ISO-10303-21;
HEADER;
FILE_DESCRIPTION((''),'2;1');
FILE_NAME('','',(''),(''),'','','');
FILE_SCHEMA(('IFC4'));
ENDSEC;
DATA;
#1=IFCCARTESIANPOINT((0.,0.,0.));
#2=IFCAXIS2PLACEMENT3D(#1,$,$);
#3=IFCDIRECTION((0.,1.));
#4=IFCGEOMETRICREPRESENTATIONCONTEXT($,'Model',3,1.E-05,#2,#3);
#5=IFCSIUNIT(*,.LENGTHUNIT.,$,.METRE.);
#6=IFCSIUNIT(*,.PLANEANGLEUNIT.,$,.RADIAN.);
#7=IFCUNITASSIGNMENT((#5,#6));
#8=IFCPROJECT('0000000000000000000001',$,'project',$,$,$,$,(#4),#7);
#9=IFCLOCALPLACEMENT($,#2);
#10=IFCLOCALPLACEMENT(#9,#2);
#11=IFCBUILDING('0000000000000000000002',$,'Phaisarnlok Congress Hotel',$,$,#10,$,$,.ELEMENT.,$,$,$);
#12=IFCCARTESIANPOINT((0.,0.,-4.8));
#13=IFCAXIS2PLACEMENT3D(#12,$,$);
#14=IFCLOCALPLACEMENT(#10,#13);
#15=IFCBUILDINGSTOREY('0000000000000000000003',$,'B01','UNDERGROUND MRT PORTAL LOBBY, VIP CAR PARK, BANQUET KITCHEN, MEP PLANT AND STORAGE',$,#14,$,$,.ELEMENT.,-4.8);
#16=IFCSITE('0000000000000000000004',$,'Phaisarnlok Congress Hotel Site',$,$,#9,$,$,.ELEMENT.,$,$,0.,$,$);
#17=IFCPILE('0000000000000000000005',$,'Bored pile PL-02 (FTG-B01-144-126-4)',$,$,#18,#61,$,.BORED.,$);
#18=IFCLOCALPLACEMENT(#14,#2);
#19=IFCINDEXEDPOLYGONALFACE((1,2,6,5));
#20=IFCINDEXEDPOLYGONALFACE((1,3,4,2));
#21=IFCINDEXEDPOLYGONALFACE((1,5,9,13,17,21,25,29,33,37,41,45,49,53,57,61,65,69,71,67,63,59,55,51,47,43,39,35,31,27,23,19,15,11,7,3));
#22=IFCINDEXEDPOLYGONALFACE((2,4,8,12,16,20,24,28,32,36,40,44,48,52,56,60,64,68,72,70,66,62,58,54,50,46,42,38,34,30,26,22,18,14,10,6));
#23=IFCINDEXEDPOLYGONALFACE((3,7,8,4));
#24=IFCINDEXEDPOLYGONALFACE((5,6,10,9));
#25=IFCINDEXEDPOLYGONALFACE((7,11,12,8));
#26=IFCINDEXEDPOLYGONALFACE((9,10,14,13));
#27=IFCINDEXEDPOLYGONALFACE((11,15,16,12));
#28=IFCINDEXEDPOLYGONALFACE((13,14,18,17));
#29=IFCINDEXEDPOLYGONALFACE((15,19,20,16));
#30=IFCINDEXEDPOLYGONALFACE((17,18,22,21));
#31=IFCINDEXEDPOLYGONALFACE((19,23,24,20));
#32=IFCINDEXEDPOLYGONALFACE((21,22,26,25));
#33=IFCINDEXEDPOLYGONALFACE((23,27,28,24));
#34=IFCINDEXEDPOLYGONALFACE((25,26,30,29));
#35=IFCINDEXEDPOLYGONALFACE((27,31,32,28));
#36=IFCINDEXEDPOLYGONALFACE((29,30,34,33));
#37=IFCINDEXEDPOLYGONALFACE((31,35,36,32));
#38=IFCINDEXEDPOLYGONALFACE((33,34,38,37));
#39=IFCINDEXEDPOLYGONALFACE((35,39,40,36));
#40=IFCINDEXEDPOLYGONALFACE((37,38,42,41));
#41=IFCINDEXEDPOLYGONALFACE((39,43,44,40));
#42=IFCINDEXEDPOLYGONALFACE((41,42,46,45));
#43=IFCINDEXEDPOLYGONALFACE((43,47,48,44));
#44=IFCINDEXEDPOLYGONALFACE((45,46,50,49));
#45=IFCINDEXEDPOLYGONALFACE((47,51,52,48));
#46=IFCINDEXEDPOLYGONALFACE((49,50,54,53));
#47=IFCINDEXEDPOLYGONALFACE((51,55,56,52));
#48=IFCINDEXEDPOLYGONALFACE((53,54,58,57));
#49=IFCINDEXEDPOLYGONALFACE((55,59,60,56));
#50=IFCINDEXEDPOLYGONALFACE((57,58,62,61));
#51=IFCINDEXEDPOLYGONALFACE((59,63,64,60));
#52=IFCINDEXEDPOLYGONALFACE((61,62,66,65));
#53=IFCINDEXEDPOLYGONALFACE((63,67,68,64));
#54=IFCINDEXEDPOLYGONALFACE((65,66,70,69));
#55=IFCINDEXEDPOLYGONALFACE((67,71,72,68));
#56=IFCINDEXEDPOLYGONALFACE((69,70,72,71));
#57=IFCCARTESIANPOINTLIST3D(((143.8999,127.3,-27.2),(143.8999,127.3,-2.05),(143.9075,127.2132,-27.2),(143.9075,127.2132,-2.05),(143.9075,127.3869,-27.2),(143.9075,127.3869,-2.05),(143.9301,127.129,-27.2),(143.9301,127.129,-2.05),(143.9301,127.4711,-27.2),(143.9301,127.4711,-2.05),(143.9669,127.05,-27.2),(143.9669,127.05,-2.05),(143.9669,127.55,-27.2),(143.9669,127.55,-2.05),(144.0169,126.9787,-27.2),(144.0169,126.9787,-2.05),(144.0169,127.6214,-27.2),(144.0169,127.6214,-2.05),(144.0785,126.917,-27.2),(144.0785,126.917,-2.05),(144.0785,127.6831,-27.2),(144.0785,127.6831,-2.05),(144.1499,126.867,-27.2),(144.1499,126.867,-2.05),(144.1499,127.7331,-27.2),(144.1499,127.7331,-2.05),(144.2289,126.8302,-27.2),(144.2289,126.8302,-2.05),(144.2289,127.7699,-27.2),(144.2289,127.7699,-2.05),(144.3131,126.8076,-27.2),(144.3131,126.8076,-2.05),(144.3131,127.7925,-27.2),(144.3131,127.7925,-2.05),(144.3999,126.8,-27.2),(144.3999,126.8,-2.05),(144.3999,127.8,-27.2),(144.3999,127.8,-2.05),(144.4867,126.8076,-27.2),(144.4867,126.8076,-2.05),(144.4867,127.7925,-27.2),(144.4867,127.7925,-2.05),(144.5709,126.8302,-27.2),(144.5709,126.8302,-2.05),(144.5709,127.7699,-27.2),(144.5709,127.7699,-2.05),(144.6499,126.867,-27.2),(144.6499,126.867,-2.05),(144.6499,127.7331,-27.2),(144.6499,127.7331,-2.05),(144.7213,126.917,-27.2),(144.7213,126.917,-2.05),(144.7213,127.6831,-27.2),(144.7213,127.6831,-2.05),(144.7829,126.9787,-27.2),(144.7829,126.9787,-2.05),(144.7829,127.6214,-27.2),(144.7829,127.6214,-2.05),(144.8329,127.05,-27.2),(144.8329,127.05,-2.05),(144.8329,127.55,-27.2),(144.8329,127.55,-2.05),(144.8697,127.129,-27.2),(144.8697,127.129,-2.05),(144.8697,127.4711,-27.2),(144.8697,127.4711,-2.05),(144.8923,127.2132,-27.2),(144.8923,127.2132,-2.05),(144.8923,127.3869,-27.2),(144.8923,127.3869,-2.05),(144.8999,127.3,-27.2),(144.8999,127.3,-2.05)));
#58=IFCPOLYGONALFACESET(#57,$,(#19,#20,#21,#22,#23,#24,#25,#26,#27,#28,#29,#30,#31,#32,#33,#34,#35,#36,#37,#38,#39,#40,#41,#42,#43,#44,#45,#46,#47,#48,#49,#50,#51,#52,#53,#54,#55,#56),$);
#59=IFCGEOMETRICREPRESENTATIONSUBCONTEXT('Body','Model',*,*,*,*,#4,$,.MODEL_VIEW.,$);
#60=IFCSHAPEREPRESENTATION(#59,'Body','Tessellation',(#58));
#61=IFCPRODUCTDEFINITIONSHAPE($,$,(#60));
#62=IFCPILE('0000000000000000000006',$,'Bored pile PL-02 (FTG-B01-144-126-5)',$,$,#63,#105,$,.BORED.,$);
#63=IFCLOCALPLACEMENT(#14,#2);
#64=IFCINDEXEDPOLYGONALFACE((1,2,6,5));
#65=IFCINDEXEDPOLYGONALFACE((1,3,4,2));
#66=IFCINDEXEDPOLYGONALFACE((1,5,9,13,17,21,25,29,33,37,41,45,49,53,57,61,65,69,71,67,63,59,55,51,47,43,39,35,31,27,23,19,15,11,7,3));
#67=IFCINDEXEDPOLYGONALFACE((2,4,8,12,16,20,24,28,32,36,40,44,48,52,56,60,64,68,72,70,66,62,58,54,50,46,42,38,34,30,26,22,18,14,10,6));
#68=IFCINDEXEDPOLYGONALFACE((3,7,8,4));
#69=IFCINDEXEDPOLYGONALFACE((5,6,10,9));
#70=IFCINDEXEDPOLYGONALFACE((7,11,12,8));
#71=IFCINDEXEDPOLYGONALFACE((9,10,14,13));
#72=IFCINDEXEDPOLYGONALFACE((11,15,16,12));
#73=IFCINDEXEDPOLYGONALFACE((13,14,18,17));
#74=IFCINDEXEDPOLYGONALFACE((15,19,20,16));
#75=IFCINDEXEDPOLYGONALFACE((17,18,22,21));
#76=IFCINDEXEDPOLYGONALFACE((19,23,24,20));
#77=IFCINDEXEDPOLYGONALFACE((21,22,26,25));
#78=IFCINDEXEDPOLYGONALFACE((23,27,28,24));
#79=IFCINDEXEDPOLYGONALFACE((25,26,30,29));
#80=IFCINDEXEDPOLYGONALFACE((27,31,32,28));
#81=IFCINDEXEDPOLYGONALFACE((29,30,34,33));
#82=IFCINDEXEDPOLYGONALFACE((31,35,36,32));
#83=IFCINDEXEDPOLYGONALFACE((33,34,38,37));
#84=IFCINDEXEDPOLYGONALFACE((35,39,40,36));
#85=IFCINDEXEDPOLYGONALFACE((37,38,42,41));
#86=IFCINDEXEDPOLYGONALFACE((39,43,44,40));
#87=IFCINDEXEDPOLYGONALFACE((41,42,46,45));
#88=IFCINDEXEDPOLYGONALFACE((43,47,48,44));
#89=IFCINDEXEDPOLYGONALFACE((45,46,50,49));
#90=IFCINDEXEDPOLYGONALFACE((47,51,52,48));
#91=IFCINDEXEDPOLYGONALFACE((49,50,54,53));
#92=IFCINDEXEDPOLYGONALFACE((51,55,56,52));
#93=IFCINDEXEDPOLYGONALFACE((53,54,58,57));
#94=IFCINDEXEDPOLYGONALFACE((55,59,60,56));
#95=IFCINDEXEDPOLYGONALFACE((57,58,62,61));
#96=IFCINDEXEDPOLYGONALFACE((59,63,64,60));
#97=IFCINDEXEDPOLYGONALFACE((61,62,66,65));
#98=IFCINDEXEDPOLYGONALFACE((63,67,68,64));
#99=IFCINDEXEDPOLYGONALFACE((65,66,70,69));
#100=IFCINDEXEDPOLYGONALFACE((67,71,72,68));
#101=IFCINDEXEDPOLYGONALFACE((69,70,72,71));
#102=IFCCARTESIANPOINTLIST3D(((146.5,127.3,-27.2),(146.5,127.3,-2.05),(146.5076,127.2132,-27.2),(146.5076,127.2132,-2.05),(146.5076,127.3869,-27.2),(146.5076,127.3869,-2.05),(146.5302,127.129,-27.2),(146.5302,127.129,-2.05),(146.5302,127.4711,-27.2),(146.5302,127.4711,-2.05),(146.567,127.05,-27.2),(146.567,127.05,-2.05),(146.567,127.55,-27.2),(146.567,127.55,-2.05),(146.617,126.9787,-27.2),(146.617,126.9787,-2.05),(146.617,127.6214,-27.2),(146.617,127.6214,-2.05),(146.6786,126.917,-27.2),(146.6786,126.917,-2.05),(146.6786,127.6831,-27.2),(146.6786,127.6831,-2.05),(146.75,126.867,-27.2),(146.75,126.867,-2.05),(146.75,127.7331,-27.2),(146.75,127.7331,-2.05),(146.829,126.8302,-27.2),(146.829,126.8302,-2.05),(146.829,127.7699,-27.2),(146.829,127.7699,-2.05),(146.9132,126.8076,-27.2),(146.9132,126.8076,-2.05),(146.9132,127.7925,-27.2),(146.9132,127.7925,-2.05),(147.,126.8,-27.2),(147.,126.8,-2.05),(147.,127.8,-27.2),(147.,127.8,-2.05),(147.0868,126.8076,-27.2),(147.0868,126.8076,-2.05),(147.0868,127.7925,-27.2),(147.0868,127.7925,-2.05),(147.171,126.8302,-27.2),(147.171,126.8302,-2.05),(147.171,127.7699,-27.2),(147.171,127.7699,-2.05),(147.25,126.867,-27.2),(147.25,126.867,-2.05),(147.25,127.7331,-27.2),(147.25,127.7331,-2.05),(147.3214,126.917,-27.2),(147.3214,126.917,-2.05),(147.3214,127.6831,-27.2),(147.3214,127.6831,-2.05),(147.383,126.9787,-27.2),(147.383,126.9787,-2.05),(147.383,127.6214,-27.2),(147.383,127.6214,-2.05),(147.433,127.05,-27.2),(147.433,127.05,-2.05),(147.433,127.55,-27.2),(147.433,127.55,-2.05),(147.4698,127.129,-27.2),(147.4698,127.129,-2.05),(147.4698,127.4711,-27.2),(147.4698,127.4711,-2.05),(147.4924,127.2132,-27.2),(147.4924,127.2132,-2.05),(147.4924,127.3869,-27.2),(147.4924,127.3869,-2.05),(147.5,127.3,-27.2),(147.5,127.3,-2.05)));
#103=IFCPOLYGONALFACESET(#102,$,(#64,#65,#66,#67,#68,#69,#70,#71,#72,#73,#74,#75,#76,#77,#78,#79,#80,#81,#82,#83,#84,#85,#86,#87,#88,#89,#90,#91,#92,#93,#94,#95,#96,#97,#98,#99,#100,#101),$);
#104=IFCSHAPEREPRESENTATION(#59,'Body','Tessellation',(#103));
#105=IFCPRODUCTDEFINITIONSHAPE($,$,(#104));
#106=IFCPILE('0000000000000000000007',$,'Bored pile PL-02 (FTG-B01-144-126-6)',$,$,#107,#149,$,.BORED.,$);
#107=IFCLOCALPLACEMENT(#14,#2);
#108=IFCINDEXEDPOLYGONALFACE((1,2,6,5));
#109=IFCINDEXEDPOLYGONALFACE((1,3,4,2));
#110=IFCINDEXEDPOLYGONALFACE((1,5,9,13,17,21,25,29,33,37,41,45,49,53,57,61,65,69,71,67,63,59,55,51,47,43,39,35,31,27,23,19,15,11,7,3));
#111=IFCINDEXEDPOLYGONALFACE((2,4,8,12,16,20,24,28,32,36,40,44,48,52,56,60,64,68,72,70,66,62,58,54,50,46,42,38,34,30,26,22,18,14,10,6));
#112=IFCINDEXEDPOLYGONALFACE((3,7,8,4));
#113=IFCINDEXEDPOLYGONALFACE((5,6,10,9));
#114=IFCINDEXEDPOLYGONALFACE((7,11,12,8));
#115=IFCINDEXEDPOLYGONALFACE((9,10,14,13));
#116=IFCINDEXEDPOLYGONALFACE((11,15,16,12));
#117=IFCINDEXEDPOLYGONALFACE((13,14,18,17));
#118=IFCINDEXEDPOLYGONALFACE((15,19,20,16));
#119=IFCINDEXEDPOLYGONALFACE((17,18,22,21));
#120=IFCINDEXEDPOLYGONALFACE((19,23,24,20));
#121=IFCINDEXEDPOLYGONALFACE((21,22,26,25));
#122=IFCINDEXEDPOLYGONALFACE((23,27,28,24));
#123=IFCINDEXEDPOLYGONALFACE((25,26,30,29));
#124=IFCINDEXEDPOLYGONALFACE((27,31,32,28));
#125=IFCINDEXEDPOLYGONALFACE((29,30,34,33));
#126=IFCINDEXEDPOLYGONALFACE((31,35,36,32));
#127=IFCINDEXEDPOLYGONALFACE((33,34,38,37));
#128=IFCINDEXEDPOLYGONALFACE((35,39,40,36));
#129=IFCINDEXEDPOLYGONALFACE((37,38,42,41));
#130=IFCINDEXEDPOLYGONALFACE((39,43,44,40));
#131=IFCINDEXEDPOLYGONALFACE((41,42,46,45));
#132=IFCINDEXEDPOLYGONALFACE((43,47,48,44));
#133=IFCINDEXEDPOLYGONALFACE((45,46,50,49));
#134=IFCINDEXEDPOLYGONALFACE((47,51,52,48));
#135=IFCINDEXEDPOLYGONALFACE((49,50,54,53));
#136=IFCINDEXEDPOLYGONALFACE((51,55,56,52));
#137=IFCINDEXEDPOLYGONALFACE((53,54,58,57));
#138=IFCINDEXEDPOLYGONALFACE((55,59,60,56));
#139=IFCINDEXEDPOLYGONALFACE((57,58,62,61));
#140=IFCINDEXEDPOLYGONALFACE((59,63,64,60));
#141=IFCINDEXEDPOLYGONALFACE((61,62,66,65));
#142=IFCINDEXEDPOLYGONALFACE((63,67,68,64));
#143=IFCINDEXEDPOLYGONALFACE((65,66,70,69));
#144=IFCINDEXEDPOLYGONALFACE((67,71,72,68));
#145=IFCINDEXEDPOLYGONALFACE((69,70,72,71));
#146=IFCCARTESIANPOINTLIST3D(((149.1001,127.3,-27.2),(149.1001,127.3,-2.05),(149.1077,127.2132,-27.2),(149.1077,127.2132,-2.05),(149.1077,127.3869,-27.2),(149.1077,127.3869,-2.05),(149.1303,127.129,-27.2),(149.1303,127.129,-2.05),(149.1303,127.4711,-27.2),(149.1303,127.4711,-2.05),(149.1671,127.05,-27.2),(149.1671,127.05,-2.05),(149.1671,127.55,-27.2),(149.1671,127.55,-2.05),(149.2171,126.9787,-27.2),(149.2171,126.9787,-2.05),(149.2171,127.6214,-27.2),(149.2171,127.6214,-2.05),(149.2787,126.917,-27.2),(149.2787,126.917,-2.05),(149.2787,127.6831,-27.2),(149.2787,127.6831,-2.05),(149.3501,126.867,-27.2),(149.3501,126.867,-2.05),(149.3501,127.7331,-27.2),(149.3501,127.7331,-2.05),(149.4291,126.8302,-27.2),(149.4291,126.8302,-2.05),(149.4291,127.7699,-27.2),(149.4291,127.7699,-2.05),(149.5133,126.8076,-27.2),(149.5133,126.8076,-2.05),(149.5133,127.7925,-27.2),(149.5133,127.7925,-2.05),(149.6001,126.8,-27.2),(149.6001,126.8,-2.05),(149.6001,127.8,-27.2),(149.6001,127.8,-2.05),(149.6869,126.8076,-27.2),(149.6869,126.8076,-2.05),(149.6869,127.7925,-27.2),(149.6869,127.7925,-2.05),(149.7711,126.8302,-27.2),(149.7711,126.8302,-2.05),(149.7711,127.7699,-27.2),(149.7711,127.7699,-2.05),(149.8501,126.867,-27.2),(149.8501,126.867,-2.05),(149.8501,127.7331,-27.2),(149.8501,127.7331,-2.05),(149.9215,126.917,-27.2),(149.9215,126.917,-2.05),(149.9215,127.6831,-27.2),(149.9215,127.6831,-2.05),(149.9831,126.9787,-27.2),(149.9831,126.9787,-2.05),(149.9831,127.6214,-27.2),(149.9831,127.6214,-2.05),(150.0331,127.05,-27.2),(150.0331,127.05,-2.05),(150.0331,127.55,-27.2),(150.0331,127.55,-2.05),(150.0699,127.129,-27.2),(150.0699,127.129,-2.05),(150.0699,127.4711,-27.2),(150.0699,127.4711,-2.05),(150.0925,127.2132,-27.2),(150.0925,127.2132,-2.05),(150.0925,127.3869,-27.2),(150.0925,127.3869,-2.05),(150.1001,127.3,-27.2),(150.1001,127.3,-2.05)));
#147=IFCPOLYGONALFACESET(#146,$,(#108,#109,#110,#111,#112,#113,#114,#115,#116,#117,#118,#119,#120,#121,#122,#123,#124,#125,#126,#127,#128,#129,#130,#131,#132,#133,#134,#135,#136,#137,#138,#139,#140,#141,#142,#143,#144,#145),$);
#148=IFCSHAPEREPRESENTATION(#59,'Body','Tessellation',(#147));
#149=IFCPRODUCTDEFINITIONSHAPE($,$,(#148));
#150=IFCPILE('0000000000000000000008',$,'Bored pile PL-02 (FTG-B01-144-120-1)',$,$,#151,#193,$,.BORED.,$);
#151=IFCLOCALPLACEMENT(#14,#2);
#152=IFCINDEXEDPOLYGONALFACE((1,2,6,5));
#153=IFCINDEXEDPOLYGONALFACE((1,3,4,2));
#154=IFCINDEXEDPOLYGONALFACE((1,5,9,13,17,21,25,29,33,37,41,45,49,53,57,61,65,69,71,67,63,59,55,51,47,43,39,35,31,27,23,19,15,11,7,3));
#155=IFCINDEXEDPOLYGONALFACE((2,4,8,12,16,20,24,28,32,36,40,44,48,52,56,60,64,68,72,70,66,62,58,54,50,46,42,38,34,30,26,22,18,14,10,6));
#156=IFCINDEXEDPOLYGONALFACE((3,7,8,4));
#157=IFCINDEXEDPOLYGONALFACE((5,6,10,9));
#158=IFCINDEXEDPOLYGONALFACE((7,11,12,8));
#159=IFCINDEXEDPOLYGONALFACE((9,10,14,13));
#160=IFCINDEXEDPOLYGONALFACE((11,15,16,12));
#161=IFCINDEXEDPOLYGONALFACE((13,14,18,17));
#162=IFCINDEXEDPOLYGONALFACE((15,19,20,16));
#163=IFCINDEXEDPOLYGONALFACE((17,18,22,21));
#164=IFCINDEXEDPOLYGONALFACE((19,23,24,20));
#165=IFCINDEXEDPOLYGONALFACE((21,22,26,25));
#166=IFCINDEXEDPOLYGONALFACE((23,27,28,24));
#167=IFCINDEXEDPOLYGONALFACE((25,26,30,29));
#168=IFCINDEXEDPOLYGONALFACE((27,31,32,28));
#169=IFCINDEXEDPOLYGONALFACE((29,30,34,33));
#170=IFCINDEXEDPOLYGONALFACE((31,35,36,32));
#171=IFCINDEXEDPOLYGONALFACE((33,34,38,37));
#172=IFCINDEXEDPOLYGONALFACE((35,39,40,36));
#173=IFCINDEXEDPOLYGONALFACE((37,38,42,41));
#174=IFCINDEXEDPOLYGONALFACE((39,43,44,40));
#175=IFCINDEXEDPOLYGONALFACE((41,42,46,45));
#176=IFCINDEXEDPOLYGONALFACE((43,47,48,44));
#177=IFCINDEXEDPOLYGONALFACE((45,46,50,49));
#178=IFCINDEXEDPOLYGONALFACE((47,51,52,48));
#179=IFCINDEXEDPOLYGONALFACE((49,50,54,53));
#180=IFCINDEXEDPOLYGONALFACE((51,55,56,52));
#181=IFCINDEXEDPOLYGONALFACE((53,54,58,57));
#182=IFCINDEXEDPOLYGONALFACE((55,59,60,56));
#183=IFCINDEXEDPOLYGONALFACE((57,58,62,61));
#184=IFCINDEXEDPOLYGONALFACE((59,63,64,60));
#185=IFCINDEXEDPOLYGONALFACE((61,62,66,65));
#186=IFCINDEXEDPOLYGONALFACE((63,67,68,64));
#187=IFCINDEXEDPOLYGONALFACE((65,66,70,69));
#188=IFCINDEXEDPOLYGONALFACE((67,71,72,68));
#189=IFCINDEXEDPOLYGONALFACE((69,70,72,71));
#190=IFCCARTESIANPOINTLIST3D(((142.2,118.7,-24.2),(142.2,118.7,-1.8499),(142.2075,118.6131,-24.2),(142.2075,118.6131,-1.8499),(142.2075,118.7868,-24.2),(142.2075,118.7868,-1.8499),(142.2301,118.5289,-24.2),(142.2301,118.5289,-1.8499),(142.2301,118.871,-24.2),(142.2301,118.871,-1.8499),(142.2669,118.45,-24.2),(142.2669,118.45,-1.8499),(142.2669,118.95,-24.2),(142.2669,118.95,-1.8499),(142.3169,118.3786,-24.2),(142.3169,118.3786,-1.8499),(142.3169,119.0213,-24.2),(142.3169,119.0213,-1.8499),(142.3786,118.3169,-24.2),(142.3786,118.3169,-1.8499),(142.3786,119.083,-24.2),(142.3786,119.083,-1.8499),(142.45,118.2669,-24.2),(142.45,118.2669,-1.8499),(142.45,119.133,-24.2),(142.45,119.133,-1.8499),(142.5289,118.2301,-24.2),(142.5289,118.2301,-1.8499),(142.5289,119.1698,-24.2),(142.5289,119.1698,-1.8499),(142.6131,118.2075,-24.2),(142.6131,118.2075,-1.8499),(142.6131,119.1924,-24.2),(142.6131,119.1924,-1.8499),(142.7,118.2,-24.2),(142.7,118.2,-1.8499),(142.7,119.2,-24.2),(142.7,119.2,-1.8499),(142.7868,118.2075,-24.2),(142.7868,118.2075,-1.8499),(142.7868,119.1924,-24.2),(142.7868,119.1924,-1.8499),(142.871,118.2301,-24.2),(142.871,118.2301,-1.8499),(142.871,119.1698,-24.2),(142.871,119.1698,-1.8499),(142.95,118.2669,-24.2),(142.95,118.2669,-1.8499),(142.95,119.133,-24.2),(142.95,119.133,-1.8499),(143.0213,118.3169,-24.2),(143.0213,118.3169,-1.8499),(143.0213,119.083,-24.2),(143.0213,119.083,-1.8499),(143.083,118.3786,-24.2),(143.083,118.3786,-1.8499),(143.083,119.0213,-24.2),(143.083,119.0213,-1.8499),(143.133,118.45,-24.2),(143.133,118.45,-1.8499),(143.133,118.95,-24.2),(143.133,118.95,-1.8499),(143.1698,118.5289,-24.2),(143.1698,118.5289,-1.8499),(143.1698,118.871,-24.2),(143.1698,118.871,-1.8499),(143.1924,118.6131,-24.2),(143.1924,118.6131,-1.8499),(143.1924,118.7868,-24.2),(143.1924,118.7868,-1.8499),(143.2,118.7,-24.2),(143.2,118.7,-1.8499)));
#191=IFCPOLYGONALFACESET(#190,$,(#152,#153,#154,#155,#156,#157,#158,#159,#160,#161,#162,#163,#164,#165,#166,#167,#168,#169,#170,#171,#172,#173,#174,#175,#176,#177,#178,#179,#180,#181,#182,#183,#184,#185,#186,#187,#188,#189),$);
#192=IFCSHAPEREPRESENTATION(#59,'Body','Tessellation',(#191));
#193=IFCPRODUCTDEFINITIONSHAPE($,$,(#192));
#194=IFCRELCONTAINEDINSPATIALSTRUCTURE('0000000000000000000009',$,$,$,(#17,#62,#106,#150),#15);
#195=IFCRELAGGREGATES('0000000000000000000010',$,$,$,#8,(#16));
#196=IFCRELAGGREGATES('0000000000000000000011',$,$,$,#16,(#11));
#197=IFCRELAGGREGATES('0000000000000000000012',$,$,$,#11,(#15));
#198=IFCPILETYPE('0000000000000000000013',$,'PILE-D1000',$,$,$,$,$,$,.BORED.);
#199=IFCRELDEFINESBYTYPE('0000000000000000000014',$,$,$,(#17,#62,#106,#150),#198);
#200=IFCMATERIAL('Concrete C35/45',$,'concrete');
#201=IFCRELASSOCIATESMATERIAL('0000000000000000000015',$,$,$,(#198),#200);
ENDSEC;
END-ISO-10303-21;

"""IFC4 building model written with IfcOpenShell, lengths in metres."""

from ifc_helpers import new_model, si_unit, direction, frame, origin, origin_2d, place, context, subcontext, project, spatial, circle, extrude, material, material_profile, profile_set, type_object, element, save


model = new_model("IFC4")

# Units and contexts
model_context = context("Model", 3, precision=1e-05, world=origin(), true_north=direction((0.0, 1.0)))
body_context = subcontext(model_context, "Body", "Model", "MODEL_VIEW")
ifc_project = project(units=[si_unit("LENGTHUNIT", "METRE"), si_unit("PLANEANGLEUNIT", "RADIAN")], contexts=[model_context])

# Site, building, storey
site_placement = place(None, origin())
site = spatial("IfcSite", under=ifc_project, at=site_placement, Name="Phaisarnlok Congress Hotel Site", CompositionType="ELEMENT", RefElevation=0.0)
building_placement = place(site_placement, origin())
building = spatial("IfcBuilding", under=site, at=building_placement, Name="Phaisarnlok Congress Hotel", CompositionType="ELEMENT")
storey_placement = place(building_placement, frame((0.0, 0.0, -4.8)))
storey = spatial("IfcBuildingStorey", under=building, at=storey_placement, Name="B01", Description="UNDERGROUND MRT PORTAL LOBBY, VIP CAR PARK, BANQUET KITCHEN, MEP PLANT AND STORAGE", CompositionType="ELEMENT", Elevation=-4.8)

# Piles
ifc_material_1 = material(Name="Concrete C35/45", Category="concrete")
ifc_material_profile_1 = material_profile(ifc_material_1, circle(Radius=0.5, at=origin_2d()), Name="BORED PILE D1000")
ifc_profile_set_1 = profile_set([ifc_material_profile_1], Name="Concrete C35/45")
pile_type = type_object("IfcPileType", Name="PILE-D1000", PredefinedType="BORED", material=ifc_profile_set_1)
for number, where, z_axis, x_axis, name in (
    (1, (144.3999, 127.3, -2.05), (0.0, 0.0, -1.0), (1.0, 0.0, 0.0), "Bored pile PL-02 (FTG-B01-144-126-4)"),
    (2, (147.0, 127.3, -2.05), (0.0, 0.0, -1.0), (1.0, 0.0, 0.0), "Bored pile PL-02 (FTG-B01-144-126-5)"),
    (3, (149.6001, 127.3, -2.05), (0.0, 0.0, -1.0), (1.0, 0.0, 0.0), "Bored pile PL-02 (FTG-B01-144-126-6)"),
):
    element("IfcPile", number, at=place(storey_placement, frame(where, z_axis=z_axis, x_axis=x_axis)), inside=storey, type_object=pile_type, Name=name, PredefinedType="BORED", context=body_context, shape_type="SweptSolid", body=[
        extrude(circle(Radius=0.5, at=origin_2d()), origin(), (0.0, 0.0, 1.0), 25.1499),
    ])
for number, where, z_axis, x_axis, name in (
    (4, (142.7, 118.7, -1.8499), (0.0, 0.0, -1.0), (1.0, 0.0, 0.0), "Bored pile PL-02 (FTG-B01-144-120-1)"),
):
    element("IfcPile", number, at=place(storey_placement, frame(where, z_axis=z_axis, x_axis=x_axis)), inside=storey, type_object=pile_type, Name=name, PredefinedType="BORED", context=body_context, shape_type="SweptSolid", body=[
        extrude(circle(Radius=0.5, at=origin_2d()), origin(), (0.0, 0.0, 1.0), 22.3501),
    ])

save(model, "model.ifc")
